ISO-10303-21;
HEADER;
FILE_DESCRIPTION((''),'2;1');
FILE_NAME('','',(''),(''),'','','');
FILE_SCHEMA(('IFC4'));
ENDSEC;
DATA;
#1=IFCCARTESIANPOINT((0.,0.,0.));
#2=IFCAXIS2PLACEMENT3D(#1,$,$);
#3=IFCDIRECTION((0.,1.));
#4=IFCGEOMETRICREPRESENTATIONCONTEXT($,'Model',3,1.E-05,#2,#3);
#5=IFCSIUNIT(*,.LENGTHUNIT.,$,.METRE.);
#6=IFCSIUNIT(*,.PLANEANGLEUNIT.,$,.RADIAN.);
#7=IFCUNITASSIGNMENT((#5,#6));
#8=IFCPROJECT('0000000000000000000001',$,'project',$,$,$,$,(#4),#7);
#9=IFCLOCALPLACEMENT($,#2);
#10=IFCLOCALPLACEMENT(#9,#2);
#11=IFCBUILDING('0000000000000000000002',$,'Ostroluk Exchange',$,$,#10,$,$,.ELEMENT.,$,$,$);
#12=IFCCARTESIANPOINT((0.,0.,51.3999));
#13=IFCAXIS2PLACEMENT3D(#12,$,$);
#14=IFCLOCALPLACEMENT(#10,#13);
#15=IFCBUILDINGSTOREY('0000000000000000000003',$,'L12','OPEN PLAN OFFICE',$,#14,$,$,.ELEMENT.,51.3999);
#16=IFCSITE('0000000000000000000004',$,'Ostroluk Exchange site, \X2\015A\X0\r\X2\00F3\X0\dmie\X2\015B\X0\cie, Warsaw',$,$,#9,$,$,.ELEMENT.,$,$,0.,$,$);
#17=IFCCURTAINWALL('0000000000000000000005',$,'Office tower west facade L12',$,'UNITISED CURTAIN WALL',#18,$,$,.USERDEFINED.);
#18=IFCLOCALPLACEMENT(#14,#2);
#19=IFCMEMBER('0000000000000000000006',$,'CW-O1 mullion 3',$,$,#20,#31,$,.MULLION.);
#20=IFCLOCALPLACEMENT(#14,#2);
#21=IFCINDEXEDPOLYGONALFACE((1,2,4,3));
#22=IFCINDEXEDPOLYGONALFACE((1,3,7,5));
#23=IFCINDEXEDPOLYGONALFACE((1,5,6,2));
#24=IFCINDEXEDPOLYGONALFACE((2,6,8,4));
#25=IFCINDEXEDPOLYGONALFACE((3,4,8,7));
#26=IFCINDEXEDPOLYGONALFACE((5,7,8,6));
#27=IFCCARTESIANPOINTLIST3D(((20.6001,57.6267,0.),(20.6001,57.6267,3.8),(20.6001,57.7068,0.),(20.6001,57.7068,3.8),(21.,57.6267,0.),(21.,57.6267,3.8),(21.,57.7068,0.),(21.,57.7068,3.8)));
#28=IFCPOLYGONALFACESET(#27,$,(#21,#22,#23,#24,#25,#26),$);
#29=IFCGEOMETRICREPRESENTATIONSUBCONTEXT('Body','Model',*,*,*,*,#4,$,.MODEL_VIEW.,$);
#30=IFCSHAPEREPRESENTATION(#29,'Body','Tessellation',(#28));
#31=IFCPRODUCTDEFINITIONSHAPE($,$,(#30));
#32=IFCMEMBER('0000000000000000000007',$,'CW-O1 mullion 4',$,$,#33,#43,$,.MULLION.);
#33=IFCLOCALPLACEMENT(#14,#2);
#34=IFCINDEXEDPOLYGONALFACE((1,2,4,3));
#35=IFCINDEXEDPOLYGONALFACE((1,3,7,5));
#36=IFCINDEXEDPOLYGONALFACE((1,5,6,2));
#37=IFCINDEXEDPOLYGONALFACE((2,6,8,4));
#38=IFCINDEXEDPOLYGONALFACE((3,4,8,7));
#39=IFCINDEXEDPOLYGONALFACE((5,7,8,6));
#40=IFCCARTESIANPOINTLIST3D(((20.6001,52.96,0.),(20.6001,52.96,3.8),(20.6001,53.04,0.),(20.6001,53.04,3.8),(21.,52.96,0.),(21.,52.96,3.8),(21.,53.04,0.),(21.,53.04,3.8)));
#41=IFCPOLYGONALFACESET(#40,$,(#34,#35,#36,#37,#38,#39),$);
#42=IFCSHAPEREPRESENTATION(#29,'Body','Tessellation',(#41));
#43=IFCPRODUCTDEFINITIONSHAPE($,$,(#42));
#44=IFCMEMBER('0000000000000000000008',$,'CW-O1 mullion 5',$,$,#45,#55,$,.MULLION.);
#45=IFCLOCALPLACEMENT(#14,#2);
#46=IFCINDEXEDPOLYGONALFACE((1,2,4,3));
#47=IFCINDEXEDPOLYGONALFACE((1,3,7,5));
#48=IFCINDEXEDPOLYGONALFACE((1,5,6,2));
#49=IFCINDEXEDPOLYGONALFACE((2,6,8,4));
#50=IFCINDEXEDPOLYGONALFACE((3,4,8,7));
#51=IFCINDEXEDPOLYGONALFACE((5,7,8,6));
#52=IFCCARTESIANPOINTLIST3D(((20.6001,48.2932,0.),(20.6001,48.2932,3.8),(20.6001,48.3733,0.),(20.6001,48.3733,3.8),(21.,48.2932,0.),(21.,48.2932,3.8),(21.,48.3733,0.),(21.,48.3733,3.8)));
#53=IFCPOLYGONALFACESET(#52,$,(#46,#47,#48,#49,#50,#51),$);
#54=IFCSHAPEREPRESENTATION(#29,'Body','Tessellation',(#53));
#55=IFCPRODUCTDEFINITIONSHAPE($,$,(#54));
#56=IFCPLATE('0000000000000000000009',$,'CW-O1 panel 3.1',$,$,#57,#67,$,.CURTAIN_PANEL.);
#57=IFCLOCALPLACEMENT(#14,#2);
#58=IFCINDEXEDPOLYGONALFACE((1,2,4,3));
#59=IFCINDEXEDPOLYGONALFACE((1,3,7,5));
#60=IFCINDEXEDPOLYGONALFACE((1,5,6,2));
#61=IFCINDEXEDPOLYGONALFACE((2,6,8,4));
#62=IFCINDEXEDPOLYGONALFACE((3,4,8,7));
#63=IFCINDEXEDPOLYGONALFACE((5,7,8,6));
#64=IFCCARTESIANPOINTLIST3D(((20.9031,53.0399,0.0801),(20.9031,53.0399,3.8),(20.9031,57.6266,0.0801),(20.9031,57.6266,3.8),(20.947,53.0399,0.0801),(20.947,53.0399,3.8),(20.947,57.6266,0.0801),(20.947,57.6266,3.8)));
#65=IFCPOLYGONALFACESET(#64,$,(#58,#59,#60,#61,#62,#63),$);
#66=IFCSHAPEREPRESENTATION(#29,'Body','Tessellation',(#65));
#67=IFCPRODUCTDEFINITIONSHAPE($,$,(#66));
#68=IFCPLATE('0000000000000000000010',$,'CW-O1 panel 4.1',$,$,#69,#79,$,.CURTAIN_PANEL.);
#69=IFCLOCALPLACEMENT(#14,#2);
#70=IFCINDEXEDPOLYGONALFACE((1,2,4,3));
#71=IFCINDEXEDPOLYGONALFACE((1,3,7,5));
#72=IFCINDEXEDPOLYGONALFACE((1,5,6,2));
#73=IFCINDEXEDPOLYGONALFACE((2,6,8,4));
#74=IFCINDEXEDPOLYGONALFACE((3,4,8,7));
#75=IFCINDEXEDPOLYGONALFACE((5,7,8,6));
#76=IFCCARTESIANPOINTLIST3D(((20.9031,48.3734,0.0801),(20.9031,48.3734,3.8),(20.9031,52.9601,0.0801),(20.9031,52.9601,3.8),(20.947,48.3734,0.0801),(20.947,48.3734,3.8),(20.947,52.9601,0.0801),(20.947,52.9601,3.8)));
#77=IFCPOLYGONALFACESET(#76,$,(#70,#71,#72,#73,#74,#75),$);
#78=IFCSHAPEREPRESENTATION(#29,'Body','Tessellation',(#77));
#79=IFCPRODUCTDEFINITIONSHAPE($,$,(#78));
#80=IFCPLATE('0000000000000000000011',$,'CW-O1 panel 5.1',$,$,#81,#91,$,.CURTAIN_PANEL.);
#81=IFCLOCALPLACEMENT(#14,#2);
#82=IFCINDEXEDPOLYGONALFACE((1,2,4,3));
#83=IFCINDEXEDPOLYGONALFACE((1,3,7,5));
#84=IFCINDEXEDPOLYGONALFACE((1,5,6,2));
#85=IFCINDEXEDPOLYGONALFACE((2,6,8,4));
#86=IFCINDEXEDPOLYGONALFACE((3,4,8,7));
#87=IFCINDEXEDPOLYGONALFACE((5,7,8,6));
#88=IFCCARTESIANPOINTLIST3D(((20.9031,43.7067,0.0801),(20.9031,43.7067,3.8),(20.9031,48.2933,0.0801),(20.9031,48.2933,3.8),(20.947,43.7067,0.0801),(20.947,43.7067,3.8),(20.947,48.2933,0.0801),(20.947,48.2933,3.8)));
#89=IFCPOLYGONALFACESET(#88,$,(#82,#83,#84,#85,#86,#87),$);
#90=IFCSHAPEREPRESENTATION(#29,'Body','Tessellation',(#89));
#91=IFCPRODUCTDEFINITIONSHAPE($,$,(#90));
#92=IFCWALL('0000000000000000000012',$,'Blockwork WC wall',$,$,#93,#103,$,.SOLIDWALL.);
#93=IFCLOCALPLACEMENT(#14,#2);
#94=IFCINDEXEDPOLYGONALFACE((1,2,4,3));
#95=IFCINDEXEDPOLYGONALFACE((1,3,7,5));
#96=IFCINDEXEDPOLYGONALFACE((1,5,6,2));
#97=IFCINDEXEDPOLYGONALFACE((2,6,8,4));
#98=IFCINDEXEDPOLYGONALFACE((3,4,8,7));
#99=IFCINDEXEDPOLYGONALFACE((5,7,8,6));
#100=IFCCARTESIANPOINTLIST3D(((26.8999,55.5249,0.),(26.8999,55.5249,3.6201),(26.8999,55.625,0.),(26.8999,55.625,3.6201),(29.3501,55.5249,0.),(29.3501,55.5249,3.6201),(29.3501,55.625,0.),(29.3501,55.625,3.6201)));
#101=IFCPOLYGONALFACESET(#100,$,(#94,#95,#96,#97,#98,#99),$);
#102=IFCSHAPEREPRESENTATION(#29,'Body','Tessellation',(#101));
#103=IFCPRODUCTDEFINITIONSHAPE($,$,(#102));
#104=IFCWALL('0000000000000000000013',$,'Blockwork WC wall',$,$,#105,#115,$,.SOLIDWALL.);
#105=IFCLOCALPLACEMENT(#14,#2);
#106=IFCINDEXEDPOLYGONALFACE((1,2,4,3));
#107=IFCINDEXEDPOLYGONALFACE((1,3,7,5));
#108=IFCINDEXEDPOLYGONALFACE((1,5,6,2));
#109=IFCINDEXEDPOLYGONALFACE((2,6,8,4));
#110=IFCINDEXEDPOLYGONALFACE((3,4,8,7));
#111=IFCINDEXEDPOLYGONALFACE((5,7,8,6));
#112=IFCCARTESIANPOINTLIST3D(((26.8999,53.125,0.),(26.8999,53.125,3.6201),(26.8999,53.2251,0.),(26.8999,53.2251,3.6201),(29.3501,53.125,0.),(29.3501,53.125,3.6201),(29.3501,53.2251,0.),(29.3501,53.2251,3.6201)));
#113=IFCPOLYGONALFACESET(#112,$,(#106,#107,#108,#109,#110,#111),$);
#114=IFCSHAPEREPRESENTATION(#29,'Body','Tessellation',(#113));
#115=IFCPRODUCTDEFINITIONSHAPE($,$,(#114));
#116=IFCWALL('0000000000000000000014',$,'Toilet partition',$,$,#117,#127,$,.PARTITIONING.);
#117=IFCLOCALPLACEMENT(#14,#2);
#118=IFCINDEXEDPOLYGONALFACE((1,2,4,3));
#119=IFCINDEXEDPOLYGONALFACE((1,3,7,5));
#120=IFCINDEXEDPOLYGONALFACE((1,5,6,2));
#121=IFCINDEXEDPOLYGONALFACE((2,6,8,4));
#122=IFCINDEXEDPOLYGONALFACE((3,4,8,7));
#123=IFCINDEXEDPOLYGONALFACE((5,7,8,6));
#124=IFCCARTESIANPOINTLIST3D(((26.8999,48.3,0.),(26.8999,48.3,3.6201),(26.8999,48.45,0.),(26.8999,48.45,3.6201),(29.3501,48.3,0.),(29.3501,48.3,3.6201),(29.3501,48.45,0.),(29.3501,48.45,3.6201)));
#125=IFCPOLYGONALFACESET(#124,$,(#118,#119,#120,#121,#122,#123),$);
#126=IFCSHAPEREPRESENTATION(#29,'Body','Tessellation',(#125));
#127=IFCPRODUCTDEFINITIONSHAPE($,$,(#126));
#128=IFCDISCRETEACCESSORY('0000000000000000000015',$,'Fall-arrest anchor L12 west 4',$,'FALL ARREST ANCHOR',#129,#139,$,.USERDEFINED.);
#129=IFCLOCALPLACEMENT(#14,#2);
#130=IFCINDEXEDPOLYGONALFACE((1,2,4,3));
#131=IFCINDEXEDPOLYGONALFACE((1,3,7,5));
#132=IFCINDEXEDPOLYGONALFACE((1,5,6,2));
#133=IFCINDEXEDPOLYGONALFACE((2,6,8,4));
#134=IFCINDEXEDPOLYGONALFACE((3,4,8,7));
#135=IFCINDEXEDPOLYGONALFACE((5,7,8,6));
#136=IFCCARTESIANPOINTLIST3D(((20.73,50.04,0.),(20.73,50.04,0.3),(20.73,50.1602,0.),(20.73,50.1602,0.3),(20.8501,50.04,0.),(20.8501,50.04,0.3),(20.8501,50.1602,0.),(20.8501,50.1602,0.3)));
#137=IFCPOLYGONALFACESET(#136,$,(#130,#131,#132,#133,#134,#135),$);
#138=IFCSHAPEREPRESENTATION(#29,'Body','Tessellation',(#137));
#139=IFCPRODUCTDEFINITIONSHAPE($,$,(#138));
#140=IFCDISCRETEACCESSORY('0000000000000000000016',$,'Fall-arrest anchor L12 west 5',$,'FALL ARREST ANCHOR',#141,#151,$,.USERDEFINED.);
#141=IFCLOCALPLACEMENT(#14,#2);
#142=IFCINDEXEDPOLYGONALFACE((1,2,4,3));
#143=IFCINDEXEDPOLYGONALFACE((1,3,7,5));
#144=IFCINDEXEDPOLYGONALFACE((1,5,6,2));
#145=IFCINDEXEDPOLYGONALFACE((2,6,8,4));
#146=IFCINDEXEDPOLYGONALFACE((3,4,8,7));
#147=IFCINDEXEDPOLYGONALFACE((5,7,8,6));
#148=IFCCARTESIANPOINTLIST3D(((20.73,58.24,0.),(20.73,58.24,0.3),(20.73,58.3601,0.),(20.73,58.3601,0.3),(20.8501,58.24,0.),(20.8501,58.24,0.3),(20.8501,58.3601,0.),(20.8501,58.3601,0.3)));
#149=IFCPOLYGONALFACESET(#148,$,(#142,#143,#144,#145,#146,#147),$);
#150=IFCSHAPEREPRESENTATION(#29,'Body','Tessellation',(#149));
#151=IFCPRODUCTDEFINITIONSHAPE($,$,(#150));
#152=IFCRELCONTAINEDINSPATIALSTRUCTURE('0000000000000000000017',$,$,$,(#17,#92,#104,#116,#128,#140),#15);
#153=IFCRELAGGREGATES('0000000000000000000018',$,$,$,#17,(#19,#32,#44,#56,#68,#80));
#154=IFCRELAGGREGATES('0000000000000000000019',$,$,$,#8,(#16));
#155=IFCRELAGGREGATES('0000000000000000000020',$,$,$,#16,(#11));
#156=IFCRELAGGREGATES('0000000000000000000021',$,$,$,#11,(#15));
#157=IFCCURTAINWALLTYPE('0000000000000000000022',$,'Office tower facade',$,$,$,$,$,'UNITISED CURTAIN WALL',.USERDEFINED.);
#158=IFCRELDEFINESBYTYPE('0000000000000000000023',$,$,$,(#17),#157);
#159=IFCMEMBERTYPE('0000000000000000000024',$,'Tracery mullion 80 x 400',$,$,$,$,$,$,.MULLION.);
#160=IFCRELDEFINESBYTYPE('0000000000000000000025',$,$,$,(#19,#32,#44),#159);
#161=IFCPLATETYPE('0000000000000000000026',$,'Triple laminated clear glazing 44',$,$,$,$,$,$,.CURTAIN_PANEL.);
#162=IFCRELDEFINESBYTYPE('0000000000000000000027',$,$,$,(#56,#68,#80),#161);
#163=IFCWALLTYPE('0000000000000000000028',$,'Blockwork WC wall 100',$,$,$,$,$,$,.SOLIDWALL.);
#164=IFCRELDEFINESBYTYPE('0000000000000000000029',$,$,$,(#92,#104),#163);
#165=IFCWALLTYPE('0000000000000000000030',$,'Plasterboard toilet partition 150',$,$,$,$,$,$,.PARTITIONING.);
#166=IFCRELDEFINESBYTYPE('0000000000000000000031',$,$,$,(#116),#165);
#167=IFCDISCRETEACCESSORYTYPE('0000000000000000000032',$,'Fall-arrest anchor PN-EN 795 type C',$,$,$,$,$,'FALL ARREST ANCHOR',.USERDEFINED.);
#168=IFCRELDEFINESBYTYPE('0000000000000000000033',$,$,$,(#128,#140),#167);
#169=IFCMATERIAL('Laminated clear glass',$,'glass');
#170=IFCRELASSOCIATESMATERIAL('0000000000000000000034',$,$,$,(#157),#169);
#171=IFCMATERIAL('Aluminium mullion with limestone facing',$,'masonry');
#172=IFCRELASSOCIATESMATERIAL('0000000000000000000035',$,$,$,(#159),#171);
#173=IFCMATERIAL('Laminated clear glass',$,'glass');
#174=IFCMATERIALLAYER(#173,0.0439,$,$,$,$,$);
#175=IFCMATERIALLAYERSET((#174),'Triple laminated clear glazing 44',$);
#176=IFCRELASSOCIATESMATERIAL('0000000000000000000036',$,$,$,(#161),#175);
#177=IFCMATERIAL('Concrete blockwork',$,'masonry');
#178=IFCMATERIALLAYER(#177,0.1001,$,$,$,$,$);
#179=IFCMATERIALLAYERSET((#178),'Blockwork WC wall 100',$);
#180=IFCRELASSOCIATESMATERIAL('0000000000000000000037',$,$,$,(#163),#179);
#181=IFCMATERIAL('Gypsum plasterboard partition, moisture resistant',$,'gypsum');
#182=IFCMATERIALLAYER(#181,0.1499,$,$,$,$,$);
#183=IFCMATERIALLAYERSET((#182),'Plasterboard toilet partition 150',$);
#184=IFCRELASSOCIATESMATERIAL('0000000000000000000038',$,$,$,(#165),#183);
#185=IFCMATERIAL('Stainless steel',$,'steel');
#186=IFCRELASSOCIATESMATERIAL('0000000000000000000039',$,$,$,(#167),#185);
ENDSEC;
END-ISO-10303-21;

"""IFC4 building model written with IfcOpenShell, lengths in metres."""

from ifc_helpers import new_model, si_unit, direction, frame, frame_2d, origin, origin_2d, place, context, subcontext, project, spatial, rectangle, extrude, material, layer, layer_set, material_profile, profile_set, type_object, element, aggregate, save


model = new_model("IFC4")

# Units and contexts
model_context = context("Model", 3, precision=1e-05, world=origin(), true_north=direction((0.0, 1.0)))
body_context = subcontext(model_context, "Body", "Model", "MODEL_VIEW")
ifc_project = project(units=[si_unit("LENGTHUNIT", "METRE"), si_unit("PLANEANGLEUNIT", "RADIAN")], contexts=[model_context])

# Site, building, storey
site_placement = place(None, origin())
site = spatial("IfcSite", under=ifc_project, at=site_placement, Name="Ostroluk Exchange site, Śródmieście, Warsaw", CompositionType="ELEMENT", RefElevation=0.0)
building_placement = place(site_placement, origin())
building = spatial("IfcBuilding", under=site, at=building_placement, Name="Ostroluk Exchange", CompositionType="ELEMENT")
storey_placement = place(building_placement, frame((0.0, 0.0, 51.3999)))
storey = spatial("IfcBuildingStorey", under=building, at=storey_placement, Name="L12", Description="OPEN PLAN OFFICE", CompositionType="ELEMENT", Elevation=51.3999)

# Curtain wall, members, plates
ifc_material_1 = material(Name="Laminated clear glass", Category="glass")
curtain_wall_type = type_object("IfcCurtainWallType", Name="Office tower facade", ElementType="UNITISED CURTAIN WALL", PredefinedType="USERDEFINED", material=ifc_material_1)
curtain_wall_placement = place(storey_placement, origin())
curtain_wall = element("IfcCurtainWall", 1, at=curtain_wall_placement, inside=storey, type_object=curtain_wall_type, Name="Office tower west facade L12", ObjectType="UNITISED CURTAIN WALL", PredefinedType="USERDEFINED")
ifc_material_2 = material(Name="Aluminium mullion with limestone facing", Category="masonry")
ifc_material_profile_1 = material_profile(ifc_material_2, rectangle(XDim=0.3999, YDim=0.0801, at=origin_2d()), Name="Tracery mullion 80 x 400")
ifc_profile_set_1 = profile_set([ifc_material_profile_1], Name="Aluminium mullion with limestone facing")
member_type_1 = type_object("IfcMemberType", Name="Tracery mullion 80 x 400", PredefinedType="MULLION", material=ifc_profile_set_1)
member_1_placement = place(storey_placement, frame((20.8, 57.6667, 0.0), z_axis=(0.0, 0.0, 1.0), x_axis=(1.0, 0.0, 0.0)))
member_1 = element("IfcMember", 2, at=member_1_placement, type_object=member_type_1, Name="CW-O1 mullion 3", PredefinedType="MULLION", context=body_context, shape_type="SweptSolid", body=[
    extrude(rectangle(XDim=0.3999, YDim=0.0801, at=origin_2d()), origin(), (0.0, 0.0, 1.0), 3.8),
])
member_2_placement = place(storey_placement, frame((20.8, 53.0, 0.0), z_axis=(0.0, 0.0, 1.0), x_axis=(1.0, 0.0, 0.0)))
member_2 = element("IfcMember", 3, at=member_2_placement, type_object=member_type_1, Name="CW-O1 mullion 4", PredefinedType="MULLION", context=body_context, shape_type="SweptSolid", body=[
    extrude(rectangle(XDim=0.3999, YDim=0.0801, at=origin_2d()), origin(), (0.0, 0.0, 1.0), 3.8),
])
member_3_placement = place(storey_placement, frame((20.8, 48.3333, 0.0), z_axis=(0.0, 0.0, 1.0), x_axis=(1.0, 0.0, 0.0)))
member_3 = element("IfcMember", 4, at=member_3_placement, type_object=member_type_1, Name="CW-O1 mullion 5", PredefinedType="MULLION", context=body_context, shape_type="SweptSolid", body=[
    extrude(rectangle(XDim=0.3999, YDim=0.0801, at=origin_2d()), origin(), (0.0, 0.0, 1.0), 3.8),
])
ifc_material_3 = material(Name="Laminated clear glass", Category="glass")
ifc_layer_1 = layer(ifc_material_3, 0.0439)
ifc_layer_set_1 = layer_set([ifc_layer_1], Name="Triple laminated clear glazing 44")
plate_type = type_object("IfcPlateType", Name="Triple laminated clear glazing 44", PredefinedType="CURTAIN_PANEL", material=ifc_layer_set_1)
plate_1_placement = place(storey_placement, frame((20.925, 55.3333, 0.0801), z_axis=(0.0, 0.0, 1.0), x_axis=(0.0, -1.0, 0.0)))
plate_1 = element("IfcPlate", 5, at=plate_1_placement, type_object=plate_type, Name="CW-O1 panel 3.1", PredefinedType="CURTAIN_PANEL", context=body_context, shape_type="SweptSolid", body=[
    extrude(rectangle(XDim=4.5867, YDim=0.0439, at=origin_2d()), origin(), (0.0, 0.0, 1.0), 3.72),
])
plate_2_placement = place(storey_placement, frame((20.925, 50.6667, 0.0801), z_axis=(0.0, 0.0, 1.0), x_axis=(0.0, -1.0, 0.0)))
plate_2 = element("IfcPlate", 6, at=plate_2_placement, type_object=plate_type, Name="CW-O1 panel 4.1", PredefinedType="CURTAIN_PANEL", context=body_context, shape_type="SweptSolid", body=[
    extrude(rectangle(XDim=4.5867, YDim=0.0439, at=origin_2d()), origin(), (0.0, 0.0, 1.0), 3.72),
])
plate_3_placement = place(storey_placement, frame((20.925, 46.0, 0.0801), z_axis=(0.0, 0.0, 1.0), x_axis=(0.0, -1.0, 0.0)))
plate_3 = element("IfcPlate", 7, at=plate_3_placement, type_object=plate_type, Name="CW-O1 panel 5.1", PredefinedType="CURTAIN_PANEL", context=body_context, shape_type="SweptSolid", body=[
    extrude(rectangle(XDim=4.5867, YDim=0.0439, at=origin_2d()), origin(), (0.0, 0.0, 1.0), 3.72),
])
aggregate(curtain_wall, [member_1, member_2, member_3, plate_1, plate_2, plate_3])

# Walls
ifc_material_4 = material(Name="Concrete blockwork", Category="masonry")
ifc_layer_2 = layer(ifc_material_4, 0.1001)
ifc_layer_set_2 = layer_set([ifc_layer_2], Name="Blockwork WC wall 100")
wall_type_1 = type_object("IfcWallType", Name="Blockwork WC wall 100", PredefinedType="SOLIDWALL", material=ifc_layer_set_2)
for number, where, z_axis, x_axis, name in (
    (8, (29.3501, 55.575, 0.0), (0.0, 0.0, 1.0), (-1.0, 0.0, 0.0), "Blockwork WC wall"),
    (9, (29.3501, 53.175, 0.0), (0.0, 0.0, 1.0), (-1.0, 0.0, 0.0), "Blockwork WC wall"),
):
    element("IfcWall", number, at=place(storey_placement, frame(where, z_axis=z_axis, x_axis=x_axis)), inside=storey, type_object=wall_type_1, Name=name, PredefinedType="SOLIDWALL", context=body_context, shape_type="SweptSolid", body=[
        extrude(rectangle(XDim=2.4502, YDim=0.1001, at=frame_2d((1.2251, 0.0))), origin(), (0.0, 0.0, 1.0), 3.6201),
    ])
ifc_material_5 = material(Name="Gypsum plasterboard partition, moisture resistant", Category="gypsum")
ifc_layer_3 = layer(ifc_material_5, 0.1499)
ifc_layer_set_3 = layer_set([ifc_layer_3], Name="Plasterboard toilet partition 150")
wall_type_2 = type_object("IfcWallType", Name="Plasterboard toilet partition 150", PredefinedType="PARTITIONING", material=ifc_layer_set_3)
wall_placement = place(storey_placement, frame((29.3501, 48.375, 0.0), z_axis=(0.0, 0.0, 1.0), x_axis=(-1.0, 0.0, 0.0)))
element("IfcWall", 10, at=wall_placement, inside=storey, type_object=wall_type_2, Name="Toilet partition", PredefinedType="PARTITIONING", context=body_context, shape_type="SweptSolid", body=[
    extrude(rectangle(XDim=2.4502, YDim=0.1499, at=frame_2d((1.2251, 0.0))), origin(), (0.0, 0.0, 1.0), 3.6201),
])

# Discrete accessories
ifc_material_6 = material(Name="Stainless steel", Category="steel")
discrete_accessory_type = type_object("IfcDiscreteAccessoryType", Name="Fall-arrest anchor PN-EN 795 type C", ElementType="FALL ARREST ANCHOR", PredefinedType="USERDEFINED", material=ifc_material_6)
for number, where, z_axis, x_axis, name in (
    (11, (20.79, 50.1001, 0.0), (0.0, 0.0, 1.0), (1.0, 0.0, 0.0), "Fall-arrest anchor L12 west 4"),
    (12, (20.79, 58.3, 0.0), (0.0, 0.0, 1.0), (1.0, 0.0, 0.0), "Fall-arrest anchor L12 west 5"),
):
    element("IfcDiscreteAccessory", number, at=place(storey_placement, frame(where, z_axis=z_axis, x_axis=x_axis)), inside=storey, type_object=discrete_accessory_type, Name=name, ObjectType="FALL ARREST ANCHOR", PredefinedType="USERDEFINED", context=body_context, shape_type="SweptSolid", body=[
        extrude(rectangle(XDim=0.1201, YDim=0.1201, at=origin_2d()), origin(), (0.0, 0.0, 1.0), 0.3),
    ])

save(model, "model.ifc")
